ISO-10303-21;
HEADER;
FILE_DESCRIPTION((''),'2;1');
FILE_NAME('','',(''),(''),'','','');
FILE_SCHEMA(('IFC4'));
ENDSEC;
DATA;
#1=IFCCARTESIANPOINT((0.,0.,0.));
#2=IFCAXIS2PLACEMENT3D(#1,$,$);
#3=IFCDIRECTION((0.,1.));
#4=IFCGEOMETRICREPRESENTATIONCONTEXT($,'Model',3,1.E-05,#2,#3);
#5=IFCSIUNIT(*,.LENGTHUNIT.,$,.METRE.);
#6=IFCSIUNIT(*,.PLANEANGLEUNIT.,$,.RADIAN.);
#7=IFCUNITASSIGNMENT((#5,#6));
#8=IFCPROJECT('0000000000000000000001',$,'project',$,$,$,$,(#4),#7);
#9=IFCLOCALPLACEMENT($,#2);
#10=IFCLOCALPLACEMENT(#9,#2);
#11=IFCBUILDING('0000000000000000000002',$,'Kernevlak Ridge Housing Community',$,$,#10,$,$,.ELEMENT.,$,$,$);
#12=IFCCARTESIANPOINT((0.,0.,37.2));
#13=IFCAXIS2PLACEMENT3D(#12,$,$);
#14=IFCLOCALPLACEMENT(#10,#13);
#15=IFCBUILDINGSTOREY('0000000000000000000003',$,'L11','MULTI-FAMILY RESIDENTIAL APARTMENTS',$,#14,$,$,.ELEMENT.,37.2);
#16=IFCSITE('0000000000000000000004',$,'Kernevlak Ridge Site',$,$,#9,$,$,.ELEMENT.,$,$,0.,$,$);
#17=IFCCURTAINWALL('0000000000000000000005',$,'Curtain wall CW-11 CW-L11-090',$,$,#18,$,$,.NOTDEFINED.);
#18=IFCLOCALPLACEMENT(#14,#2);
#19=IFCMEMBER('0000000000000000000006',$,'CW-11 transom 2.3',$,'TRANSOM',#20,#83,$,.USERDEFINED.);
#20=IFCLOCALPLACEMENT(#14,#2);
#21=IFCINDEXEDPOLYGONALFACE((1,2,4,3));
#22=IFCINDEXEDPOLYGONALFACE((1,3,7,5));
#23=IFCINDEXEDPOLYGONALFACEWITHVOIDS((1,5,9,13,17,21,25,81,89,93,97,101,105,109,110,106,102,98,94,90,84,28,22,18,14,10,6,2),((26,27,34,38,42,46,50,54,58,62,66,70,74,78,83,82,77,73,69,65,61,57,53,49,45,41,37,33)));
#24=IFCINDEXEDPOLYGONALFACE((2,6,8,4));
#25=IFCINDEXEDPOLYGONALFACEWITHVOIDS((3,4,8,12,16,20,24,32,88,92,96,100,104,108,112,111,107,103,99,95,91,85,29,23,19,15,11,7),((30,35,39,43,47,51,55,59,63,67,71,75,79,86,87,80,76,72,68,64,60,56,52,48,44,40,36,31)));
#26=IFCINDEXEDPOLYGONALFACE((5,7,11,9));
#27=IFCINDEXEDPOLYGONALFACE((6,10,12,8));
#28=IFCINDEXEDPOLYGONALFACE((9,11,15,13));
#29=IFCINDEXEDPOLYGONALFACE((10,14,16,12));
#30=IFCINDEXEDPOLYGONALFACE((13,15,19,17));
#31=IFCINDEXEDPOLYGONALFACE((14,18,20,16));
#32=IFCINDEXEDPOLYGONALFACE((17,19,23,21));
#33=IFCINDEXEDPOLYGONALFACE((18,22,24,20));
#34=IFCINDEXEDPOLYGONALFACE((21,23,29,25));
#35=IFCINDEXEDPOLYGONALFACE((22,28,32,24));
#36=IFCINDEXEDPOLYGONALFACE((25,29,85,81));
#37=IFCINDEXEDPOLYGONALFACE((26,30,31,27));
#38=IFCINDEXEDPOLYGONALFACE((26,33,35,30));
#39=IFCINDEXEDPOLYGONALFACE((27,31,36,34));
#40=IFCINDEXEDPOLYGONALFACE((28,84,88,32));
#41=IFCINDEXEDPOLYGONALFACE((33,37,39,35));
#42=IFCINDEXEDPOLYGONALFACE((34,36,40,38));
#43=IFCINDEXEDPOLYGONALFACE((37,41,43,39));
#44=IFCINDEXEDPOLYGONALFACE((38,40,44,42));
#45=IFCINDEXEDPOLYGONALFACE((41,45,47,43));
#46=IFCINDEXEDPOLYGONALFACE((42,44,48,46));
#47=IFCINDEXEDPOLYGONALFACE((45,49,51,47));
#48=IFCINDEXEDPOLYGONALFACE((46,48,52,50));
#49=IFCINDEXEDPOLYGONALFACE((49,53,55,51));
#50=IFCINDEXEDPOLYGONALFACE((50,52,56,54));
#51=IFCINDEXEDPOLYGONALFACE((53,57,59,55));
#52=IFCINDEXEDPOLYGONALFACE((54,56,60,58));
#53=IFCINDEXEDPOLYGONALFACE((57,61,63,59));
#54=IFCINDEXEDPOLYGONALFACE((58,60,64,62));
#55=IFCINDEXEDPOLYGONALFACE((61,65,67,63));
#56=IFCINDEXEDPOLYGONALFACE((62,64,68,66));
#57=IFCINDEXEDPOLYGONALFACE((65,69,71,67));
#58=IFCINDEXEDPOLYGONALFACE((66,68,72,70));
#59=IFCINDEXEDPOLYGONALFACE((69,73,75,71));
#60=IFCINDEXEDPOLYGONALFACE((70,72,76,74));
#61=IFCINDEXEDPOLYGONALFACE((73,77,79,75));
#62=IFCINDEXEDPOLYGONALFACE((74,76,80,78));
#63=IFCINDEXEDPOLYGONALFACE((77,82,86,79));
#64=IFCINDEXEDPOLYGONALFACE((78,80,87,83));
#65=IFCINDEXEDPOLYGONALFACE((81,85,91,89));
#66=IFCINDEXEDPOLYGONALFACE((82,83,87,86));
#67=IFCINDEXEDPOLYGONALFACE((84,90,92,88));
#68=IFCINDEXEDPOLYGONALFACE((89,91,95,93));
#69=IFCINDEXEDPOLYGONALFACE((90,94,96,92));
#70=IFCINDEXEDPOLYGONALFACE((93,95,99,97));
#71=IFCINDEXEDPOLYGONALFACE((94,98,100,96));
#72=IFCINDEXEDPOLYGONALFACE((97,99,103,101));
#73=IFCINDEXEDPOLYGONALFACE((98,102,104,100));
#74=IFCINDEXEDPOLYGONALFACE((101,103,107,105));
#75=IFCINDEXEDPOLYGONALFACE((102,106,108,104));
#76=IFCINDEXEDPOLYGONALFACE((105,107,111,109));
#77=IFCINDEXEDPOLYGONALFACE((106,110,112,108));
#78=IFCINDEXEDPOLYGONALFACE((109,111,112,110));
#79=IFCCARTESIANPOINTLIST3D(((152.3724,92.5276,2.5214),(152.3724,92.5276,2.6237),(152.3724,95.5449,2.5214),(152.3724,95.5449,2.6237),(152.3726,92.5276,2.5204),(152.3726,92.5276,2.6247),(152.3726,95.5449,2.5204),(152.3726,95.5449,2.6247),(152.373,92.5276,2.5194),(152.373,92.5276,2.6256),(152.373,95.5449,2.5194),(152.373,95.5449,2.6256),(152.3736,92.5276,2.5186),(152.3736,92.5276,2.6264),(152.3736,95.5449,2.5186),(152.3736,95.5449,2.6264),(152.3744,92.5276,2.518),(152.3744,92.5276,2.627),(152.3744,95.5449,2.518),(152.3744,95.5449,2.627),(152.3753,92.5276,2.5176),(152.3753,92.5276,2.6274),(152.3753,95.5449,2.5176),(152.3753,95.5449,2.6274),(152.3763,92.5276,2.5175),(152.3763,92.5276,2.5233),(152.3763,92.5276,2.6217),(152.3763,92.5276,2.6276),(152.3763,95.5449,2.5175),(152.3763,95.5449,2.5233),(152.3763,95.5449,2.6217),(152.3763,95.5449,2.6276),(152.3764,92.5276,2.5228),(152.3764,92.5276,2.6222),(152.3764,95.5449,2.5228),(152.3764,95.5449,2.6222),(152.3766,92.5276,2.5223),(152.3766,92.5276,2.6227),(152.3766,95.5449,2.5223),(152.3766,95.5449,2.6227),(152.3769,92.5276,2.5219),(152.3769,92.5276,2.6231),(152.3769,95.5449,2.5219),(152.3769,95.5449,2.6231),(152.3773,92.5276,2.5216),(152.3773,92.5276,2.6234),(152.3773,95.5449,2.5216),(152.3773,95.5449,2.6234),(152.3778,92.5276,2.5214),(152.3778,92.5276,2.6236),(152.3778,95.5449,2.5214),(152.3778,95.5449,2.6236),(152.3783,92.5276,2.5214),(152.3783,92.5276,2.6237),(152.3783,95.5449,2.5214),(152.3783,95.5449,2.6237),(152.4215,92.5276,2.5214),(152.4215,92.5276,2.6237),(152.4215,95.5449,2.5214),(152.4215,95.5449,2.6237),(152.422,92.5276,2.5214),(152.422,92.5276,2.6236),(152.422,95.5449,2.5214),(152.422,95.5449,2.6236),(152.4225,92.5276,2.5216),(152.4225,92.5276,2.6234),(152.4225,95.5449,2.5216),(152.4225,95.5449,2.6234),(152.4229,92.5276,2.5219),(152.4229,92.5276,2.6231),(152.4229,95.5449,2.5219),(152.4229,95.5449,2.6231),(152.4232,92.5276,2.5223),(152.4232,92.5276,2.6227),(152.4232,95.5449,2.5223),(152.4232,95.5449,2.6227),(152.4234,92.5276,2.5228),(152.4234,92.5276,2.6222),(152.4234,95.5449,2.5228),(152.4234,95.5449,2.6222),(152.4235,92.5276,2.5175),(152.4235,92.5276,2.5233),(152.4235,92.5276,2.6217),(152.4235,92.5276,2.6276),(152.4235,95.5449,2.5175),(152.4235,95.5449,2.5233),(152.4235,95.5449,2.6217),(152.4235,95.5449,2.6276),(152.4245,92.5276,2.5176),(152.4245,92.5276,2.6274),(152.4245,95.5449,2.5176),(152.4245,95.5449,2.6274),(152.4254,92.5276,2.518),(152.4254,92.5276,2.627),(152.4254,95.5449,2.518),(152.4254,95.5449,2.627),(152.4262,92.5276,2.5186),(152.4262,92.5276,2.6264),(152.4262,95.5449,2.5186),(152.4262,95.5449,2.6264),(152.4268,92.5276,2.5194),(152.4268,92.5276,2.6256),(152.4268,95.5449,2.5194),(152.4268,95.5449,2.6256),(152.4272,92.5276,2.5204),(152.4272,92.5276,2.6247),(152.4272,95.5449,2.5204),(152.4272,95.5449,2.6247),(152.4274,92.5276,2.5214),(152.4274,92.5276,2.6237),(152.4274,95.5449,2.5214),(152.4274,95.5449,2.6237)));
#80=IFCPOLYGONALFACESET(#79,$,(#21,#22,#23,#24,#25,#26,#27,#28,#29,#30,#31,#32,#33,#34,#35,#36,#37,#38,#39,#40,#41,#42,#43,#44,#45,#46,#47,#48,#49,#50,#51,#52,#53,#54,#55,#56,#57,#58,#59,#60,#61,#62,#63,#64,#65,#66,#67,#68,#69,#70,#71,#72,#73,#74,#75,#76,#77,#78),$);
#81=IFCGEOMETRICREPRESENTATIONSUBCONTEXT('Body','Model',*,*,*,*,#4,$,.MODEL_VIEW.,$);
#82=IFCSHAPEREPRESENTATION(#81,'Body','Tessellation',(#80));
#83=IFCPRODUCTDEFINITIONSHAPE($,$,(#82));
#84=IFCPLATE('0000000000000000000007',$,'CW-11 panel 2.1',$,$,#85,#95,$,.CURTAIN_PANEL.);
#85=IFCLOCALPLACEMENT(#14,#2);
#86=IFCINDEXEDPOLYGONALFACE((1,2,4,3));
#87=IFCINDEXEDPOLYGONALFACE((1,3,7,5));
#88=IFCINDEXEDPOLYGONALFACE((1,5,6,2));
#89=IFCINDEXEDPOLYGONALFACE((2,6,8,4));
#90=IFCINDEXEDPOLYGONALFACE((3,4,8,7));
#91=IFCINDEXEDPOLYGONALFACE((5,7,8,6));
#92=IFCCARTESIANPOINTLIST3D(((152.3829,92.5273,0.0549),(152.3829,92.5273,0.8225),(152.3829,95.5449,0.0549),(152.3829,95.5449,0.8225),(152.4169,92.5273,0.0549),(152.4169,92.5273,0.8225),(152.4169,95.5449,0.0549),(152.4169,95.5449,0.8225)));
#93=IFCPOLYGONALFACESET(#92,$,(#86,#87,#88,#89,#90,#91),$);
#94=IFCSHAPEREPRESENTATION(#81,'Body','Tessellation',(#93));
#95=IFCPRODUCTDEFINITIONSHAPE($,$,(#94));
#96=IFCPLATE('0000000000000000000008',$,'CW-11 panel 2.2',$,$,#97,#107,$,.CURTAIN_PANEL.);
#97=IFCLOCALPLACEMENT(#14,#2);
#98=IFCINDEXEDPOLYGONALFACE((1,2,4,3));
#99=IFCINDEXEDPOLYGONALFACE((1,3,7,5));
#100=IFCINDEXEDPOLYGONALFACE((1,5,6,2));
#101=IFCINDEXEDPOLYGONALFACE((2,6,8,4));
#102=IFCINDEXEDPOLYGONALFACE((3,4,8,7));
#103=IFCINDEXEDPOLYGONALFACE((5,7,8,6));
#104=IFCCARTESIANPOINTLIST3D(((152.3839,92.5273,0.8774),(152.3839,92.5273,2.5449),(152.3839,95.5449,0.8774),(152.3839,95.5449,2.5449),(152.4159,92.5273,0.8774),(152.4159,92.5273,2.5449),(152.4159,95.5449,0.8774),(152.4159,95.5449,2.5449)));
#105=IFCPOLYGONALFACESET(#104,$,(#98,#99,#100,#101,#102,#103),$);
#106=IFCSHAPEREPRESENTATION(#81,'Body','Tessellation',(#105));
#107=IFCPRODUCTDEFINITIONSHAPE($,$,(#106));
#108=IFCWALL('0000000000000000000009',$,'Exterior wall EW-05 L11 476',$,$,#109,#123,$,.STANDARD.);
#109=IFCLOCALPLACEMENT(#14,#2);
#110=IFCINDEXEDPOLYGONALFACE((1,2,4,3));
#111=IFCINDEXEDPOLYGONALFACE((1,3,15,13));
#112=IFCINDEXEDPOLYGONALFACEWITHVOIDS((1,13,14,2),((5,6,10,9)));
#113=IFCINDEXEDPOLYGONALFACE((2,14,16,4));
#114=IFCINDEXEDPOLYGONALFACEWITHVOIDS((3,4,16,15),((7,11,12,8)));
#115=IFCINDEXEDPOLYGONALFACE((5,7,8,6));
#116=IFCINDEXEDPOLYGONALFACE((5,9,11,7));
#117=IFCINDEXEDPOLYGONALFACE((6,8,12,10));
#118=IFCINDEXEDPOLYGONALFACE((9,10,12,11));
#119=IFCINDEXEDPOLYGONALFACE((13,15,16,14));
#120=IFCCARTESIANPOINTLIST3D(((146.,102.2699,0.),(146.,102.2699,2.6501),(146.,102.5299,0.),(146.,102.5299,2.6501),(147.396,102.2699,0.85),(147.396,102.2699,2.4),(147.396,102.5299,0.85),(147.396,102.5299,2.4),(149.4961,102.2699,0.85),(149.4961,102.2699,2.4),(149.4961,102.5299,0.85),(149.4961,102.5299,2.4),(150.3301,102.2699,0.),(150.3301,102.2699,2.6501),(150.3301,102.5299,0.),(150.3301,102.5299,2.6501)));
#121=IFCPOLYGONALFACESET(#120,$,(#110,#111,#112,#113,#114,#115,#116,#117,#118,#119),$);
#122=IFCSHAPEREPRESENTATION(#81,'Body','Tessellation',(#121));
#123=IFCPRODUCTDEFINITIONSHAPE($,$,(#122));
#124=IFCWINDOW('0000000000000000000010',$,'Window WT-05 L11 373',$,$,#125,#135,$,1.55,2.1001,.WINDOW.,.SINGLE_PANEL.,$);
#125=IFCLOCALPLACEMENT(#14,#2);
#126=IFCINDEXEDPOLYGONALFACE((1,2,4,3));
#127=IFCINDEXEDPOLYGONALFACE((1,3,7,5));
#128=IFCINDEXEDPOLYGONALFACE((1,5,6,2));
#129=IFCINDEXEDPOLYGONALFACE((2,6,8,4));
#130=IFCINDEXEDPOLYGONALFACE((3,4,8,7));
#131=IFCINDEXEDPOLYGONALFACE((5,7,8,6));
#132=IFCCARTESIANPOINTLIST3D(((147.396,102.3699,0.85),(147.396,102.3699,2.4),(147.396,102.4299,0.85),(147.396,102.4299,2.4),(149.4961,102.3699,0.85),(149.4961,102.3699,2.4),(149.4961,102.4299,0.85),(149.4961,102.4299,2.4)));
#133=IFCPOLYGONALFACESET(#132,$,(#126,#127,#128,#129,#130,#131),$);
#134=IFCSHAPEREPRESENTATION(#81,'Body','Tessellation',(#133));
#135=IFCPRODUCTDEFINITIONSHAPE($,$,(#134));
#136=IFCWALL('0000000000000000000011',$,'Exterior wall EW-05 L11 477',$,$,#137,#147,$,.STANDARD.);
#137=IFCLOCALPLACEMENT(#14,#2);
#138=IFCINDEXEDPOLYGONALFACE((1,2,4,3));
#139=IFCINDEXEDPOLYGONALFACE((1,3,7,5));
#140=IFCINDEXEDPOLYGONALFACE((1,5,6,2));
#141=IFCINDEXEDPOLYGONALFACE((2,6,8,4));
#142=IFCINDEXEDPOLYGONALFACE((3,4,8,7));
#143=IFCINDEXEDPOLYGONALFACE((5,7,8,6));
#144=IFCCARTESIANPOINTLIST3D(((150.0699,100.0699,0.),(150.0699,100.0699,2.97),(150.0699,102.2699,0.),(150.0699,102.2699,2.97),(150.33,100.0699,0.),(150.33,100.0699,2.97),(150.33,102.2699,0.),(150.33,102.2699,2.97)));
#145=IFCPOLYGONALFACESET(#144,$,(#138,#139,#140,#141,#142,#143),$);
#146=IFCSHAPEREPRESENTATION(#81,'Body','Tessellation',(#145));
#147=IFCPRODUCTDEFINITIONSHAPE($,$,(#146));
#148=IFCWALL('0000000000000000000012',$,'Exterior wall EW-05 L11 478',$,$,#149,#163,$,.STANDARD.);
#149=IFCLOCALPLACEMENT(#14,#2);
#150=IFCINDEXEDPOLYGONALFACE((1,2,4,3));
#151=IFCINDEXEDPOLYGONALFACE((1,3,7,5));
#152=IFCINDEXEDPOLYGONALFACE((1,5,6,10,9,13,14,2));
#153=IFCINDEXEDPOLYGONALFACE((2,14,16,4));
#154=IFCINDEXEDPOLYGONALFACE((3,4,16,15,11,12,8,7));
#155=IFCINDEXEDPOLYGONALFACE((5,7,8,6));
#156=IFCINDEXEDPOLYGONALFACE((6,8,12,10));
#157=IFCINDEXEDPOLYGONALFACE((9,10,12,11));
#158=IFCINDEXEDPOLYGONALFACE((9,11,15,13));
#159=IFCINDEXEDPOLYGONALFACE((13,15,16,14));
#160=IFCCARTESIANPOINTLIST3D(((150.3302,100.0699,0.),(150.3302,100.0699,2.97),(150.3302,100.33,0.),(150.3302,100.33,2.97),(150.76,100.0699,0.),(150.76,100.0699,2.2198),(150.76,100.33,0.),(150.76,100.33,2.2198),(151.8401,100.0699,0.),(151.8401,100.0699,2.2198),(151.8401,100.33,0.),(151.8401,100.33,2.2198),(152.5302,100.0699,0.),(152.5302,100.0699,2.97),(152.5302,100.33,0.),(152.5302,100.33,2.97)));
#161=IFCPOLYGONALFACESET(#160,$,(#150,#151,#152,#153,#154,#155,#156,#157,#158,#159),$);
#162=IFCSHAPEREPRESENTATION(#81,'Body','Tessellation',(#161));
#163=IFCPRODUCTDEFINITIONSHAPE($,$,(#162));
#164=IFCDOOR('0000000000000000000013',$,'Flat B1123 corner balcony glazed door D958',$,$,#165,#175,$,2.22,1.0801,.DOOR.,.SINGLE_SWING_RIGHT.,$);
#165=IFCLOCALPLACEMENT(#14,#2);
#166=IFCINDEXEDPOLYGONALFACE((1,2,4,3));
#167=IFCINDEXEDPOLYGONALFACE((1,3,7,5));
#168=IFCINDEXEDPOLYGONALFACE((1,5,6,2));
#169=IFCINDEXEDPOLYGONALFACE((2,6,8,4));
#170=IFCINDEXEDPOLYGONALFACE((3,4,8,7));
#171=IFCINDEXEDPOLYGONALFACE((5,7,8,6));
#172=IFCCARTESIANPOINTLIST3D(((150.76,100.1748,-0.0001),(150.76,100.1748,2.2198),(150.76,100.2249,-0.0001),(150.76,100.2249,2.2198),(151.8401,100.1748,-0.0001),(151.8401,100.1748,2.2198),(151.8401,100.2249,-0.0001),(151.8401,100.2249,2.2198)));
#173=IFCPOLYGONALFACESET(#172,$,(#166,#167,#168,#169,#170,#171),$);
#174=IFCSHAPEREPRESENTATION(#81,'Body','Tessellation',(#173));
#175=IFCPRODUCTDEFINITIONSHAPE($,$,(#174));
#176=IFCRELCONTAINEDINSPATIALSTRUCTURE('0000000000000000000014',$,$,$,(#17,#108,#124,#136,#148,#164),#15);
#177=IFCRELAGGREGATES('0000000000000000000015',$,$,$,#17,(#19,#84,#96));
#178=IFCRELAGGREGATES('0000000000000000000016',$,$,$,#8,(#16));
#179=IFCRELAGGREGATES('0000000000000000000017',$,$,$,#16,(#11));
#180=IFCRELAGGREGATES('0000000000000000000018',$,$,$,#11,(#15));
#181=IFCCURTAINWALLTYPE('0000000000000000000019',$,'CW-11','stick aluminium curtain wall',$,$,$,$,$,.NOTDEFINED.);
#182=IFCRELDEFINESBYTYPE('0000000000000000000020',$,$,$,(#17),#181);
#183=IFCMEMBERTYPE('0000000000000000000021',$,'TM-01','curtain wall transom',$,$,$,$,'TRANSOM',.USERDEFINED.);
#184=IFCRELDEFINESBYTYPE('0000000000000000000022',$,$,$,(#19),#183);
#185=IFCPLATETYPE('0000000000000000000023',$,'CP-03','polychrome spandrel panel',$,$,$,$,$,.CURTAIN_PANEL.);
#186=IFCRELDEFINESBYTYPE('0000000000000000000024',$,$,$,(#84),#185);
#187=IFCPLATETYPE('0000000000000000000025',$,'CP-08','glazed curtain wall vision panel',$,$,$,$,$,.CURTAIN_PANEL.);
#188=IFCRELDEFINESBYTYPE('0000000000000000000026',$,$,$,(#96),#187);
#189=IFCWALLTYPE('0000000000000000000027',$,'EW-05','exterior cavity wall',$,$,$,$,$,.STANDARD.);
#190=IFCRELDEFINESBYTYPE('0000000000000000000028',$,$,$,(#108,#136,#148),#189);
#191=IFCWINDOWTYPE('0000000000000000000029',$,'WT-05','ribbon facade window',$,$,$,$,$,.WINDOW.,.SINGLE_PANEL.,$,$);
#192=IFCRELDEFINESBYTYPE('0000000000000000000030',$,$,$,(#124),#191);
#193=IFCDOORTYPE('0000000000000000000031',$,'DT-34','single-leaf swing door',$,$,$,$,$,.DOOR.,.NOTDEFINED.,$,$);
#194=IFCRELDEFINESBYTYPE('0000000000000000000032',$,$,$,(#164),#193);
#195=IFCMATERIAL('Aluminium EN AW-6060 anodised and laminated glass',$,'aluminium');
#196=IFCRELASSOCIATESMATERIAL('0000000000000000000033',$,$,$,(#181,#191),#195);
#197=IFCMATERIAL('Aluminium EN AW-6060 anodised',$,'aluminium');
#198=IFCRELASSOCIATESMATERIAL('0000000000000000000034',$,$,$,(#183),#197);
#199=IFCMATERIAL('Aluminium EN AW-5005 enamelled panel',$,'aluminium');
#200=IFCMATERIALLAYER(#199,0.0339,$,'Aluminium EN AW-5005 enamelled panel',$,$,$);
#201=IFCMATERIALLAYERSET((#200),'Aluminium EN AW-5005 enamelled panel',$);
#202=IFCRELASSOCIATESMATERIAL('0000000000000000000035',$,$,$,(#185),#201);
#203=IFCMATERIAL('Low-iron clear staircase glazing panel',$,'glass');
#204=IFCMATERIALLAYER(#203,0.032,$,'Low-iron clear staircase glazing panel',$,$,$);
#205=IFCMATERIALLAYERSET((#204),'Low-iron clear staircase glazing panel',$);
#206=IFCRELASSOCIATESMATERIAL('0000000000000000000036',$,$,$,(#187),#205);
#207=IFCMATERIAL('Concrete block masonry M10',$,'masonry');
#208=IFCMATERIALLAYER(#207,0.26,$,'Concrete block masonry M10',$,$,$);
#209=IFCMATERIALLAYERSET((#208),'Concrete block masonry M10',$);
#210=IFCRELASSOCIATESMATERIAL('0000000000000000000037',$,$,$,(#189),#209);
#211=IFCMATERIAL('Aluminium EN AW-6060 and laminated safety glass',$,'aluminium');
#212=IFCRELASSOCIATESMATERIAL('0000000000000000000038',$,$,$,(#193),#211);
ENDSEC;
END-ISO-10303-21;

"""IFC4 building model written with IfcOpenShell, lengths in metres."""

from ifc_helpers import new_model, si_unit, direction, frame, frame_2d, origin, origin_2d, place, context, subcontext, project, spatial, rectangle, hollow_rectangle, extrude, material, layer, layer_set, material_profile, profile_set, type_object, element, fill, aggregate, save


model = new_model("IFC4")

# Units and contexts
model_context = context("Model", 3, precision=1e-05, world=origin(), true_north=direction((0.0, 1.0)))
body_context = subcontext(model_context, "Body", "Model", "MODEL_VIEW")
ifc_project = project(units=[si_unit("LENGTHUNIT", "METRE"), si_unit("PLANEANGLEUNIT", "RADIAN")], contexts=[model_context])

# Site, building, storey
site_placement = place(None, origin())
site = spatial("IfcSite", under=ifc_project, at=site_placement, Name="Kernevlak Ridge Site", CompositionType="ELEMENT", RefElevation=0.0)
building_placement = place(site_placement, origin())
building = spatial("IfcBuilding", under=site, at=building_placement, Name="Kernevlak Ridge Housing Community", CompositionType="ELEMENT")
storey_placement = place(building_placement, frame((0.0, 0.0, 37.2)))
storey = spatial("IfcBuildingStorey", under=building, at=storey_placement, Name="L11", Description="MULTI-FAMILY RESIDENTIAL APARTMENTS", CompositionType="ELEMENT", Elevation=37.2)

# Curtain wall
ifc_material_1 = material(Name="Aluminium EN AW-6060 anodised and laminated glass", Category="aluminium")
curtain_wall_type = type_object("IfcCurtainWallType", Name="CW-11", Description="stick aluminium curtain wall", PredefinedType="NOTDEFINED", material=ifc_material_1)
curtain_wall_placement = place(storey_placement, origin())
curtain_wall = element("IfcCurtainWall", 1, at=curtain_wall_placement, inside=storey, type_object=curtain_wall_type, Name="Curtain wall CW-11 CW-L11-090", PredefinedType="NOTDEFINED")
ifc_material_2 = material(Name="Aluminium EN AW-6060 anodised", Category="aluminium")

# Member
ifc_material_profile_1 = material_profile(ifc_material_2, hollow_rectangle(XDim=0.0549, YDim=0.1101, WallThickness=0.0039, InnerFilletRadius=0.002, OuterFilletRadius=0.0039, at=origin_2d()), Name="ALU 55x110x4")
ifc_profile_set_1 = profile_set([ifc_material_profile_1], Name="Aluminium EN AW-6060 anodised")
member_type_1 = type_object("IfcMemberType", Name="TM-01", Description="curtain wall transom", ElementType="TRANSOM", PredefinedType="USERDEFINED", material=ifc_profile_set_1)
member_1_placement = place(storey_placement, frame((152.3999, 92.5276, 2.5725), z_axis=(0.0, 1.0, 0.0), x_axis=(-1.0, 0.0, 0.0)))
member_1 = element("IfcMember", 2, at=member_1_placement, type_object=member_type_1, Name="CW-11 transom 2.3", ObjectType="TRANSOM", PredefinedType="USERDEFINED", context=body_context, shape_type="SweptSolid", body=[
    extrude(hollow_rectangle(XDim=0.0549, YDim=0.1101, WallThickness=0.0039, InnerFilletRadius=0.002, OuterFilletRadius=0.0039, at=origin_2d()), origin(), (0.0, 0.0, 1.0), 3.0173),
])

# Plates
ifc_material_3 = material(Name="Aluminium EN AW-5005 enamelled panel", Category="aluminium")
ifc_layer_1 = layer(ifc_material_3, 0.0339, Name="Aluminium EN AW-5005 enamelled panel")
ifc_layer_set_1 = layer_set([ifc_layer_1], Name="Aluminium EN AW-5005 enamelled panel")
plate_type_1 = type_object("IfcPlateType", Name="CP-03", Description="polychrome spandrel panel", PredefinedType="CURTAIN_PANEL", material=ifc_layer_set_1)
plate_1_placement = place(storey_placement, frame((152.3999, 94.0361, 0.0549), z_axis=(0.0, 0.0, 1.0), x_axis=(0.0, 1.0, 0.0)))
plate_1 = element("IfcPlate", 3, at=plate_1_placement, type_object=plate_type_1, Name="CW-11 panel 2.1", PredefinedType="CURTAIN_PANEL", context=body_context, shape_type="SweptSolid", body=[
    extrude(rectangle(XDim=3.0176, YDim=0.0339, at=origin_2d()), origin(), (0.0, 0.0, 1.0), 0.7676),
])
ifc_material_4 = material(Name="Low-iron clear staircase glazing panel", Category="glass")
ifc_layer_2 = layer(ifc_material_4, 0.032, Name="Low-iron clear staircase glazing panel")
ifc_layer_set_2 = layer_set([ifc_layer_2], Name="Low-iron clear staircase glazing panel")
plate_type_2 = type_object("IfcPlateType", Name="CP-08", Description="glazed curtain wall vision panel", PredefinedType="CURTAIN_PANEL", material=ifc_layer_set_2)
plate_2_placement = place(storey_placement, frame((152.3999, 94.0361, 0.8774), z_axis=(0.0, 0.0, 1.0), x_axis=(0.0, 1.0, 0.0)))
plate_2 = element("IfcPlate", 4, at=plate_2_placement, type_object=plate_type_2, Name="CW-11 panel 2.2", PredefinedType="CURTAIN_PANEL", context=body_context, shape_type="SweptSolid", body=[
    extrude(rectangle(XDim=3.0176, YDim=0.032, at=origin_2d()), origin(), (0.0, 0.0, 1.0), 1.6675),
])
aggregate(curtain_wall, [member_1, plate_1, plate_2])

# Wall, opening, window
ifc_material_5 = material(Name="Concrete block masonry M10", Category="masonry")
ifc_layer_3 = layer(ifc_material_5, 0.26, Name="Concrete block masonry M10")
ifc_layer_set_3 = layer_set([ifc_layer_3], Name="Concrete block masonry M10")
wall_type_1 = type_object("IfcWallType", Name="EW-05", Description="exterior cavity wall", PredefinedType="STANDARD", material=ifc_layer_set_3)
wall_1_placement = place(storey_placement, frame((146.0, 102.3999, 0.0), z_axis=(0.0, 0.0, 1.0), x_axis=(1.0, 0.0, 0.0)))
wall_1 = element("IfcWall", 5, at=wall_1_placement, inside=storey, type_object=wall_type_1, Name="Exterior wall EW-05 L11 476", PredefinedType="STANDARD", context=body_context, shape_type="SweptSolid", body=[
    extrude(rectangle(XDim=4.3301, YDim=0.26, at=frame_2d((2.165, 0.0))), origin(), (0.0, 0.0, 1.0), 2.6501),
])
opening_1_placement = place(wall_1_placement, frame((1.396, 0.0, 0.8501)))
opening_1 = element("IfcOpeningElement", 6, at=opening_1_placement, cuts=wall_1, PredefinedType="OPENING", context=body_context, shape_type="SweptSolid", body=[
    extrude(rectangle(XDim=2.1001, YDim=1.55, at=frame_2d((1.05, 0.7749))), frame((0.0, 0.1399, 0.0), z_axis=(0.0, -1.0, 0.0), x_axis=(1.0, 0.0, 0.0)), (0.0, 0.0, 1.0), 0.28),
])
window_type = type_object("IfcWindowType", Name="WT-05", Description="ribbon facade window", PartitioningType="SINGLE_PANEL", PredefinedType="WINDOW", material=ifc_material_1)
window_placement = place(opening_1_placement, origin())
window = element("IfcWindow", 7, at=window_placement, inside=storey, type_object=window_type, Name="Window WT-05 L11 373", OverallHeight=1.55, OverallWidth=2.1001, PartitioningType="SINGLE_PANEL", PredefinedType="WINDOW", context=body_context, shape_type="SweptSolid", body=[
    extrude(rectangle(XDim=2.1001, YDim=1.55, at=frame_2d((1.05, 0.7749))), frame((0.0, 0.03, 0.0), z_axis=(0.0, -1.0, 0.0), x_axis=(1.0, 0.0, 0.0)), (0.0, 0.0, 1.0), 0.0601),
])
fill(opening_1, window)

# Wall
wall_2_placement = place(storey_placement, frame((150.2, 102.27, 0.0), z_axis=(0.0, 0.0, 1.0), x_axis=(0.0, -1.0, 0.0)))
element("IfcWall", 8, at=wall_2_placement, inside=storey, type_object=wall_type_1, Name="Exterior wall EW-05 L11 477", PredefinedType="STANDARD", context=body_context, shape_type="SweptSolid", body=[
    extrude(rectangle(XDim=2.2, YDim=0.26, at=frame_2d((1.1001, 0.0))), origin(), (0.0, 0.0, 1.0), 2.97),
])

# Wall, opening, door
wall_3_placement = place(storey_placement, frame((150.3301, 100.2, 0.0), z_axis=(0.0, 0.0, 1.0), x_axis=(1.0, 0.0, 0.0)))
wall_3 = element("IfcWall", 9, at=wall_3_placement, inside=storey, type_object=wall_type_1, Name="Exterior wall EW-05 L11 478", PredefinedType="STANDARD", context=body_context, shape_type="SweptSolid", body=[
    extrude(rectangle(XDim=2.2, YDim=0.26, at=frame_2d((1.1001, 0.0))), origin(), (0.0, 0.0, 1.0), 2.97),
])
opening_2_placement = place(wall_3_placement, frame((0.4299, 0.0, 0.0)))
opening_2 = element("IfcOpeningElement", 10, at=opening_2_placement, cuts=wall_3, PredefinedType="OPENING", context=body_context, shape_type="SweptSolid", body=[
    extrude(rectangle(XDim=1.0801, YDim=2.22, at=frame_2d((0.54, 1.1099))), frame((0.0, 0.1399, 0.0), z_axis=(0.0, -1.0, 0.0), x_axis=(1.0, 0.0, 0.0)), (0.0, 0.0, 1.0), 0.28),
])
ifc_material_6 = material(Name="Aluminium EN AW-6060 and laminated safety glass", Category="aluminium")
door_type_1 = type_object("IfcDoorType", Name="DT-34", Description="single-leaf swing door", OperationType="NOTDEFINED", PredefinedType="DOOR", material=ifc_material_6)
door_1_placement = place(opening_2_placement, origin())
door_1 = element("IfcDoor", 11, at=door_1_placement, inside=storey, type_object=door_type_1, Name="Flat B1123 corner balcony glazed door D958", OperationType="SINGLE_SWING_RIGHT", OverallHeight=2.22, OverallWidth=1.0801, PredefinedType="DOOR", context=body_context, shape_type="SweptSolid", body=[
    extrude(rectangle(XDim=1.0801, YDim=2.22, at=frame_2d((0.54, 1.1099))), frame((0.0, 0.0249, 0.0), z_axis=(0.0, -1.0, 0.0), x_axis=(1.0, 0.0, 0.0)), (0.0, 0.0, 1.0), 0.05),
])
fill(opening_2, door_1)

save(model, "model.ifc")
